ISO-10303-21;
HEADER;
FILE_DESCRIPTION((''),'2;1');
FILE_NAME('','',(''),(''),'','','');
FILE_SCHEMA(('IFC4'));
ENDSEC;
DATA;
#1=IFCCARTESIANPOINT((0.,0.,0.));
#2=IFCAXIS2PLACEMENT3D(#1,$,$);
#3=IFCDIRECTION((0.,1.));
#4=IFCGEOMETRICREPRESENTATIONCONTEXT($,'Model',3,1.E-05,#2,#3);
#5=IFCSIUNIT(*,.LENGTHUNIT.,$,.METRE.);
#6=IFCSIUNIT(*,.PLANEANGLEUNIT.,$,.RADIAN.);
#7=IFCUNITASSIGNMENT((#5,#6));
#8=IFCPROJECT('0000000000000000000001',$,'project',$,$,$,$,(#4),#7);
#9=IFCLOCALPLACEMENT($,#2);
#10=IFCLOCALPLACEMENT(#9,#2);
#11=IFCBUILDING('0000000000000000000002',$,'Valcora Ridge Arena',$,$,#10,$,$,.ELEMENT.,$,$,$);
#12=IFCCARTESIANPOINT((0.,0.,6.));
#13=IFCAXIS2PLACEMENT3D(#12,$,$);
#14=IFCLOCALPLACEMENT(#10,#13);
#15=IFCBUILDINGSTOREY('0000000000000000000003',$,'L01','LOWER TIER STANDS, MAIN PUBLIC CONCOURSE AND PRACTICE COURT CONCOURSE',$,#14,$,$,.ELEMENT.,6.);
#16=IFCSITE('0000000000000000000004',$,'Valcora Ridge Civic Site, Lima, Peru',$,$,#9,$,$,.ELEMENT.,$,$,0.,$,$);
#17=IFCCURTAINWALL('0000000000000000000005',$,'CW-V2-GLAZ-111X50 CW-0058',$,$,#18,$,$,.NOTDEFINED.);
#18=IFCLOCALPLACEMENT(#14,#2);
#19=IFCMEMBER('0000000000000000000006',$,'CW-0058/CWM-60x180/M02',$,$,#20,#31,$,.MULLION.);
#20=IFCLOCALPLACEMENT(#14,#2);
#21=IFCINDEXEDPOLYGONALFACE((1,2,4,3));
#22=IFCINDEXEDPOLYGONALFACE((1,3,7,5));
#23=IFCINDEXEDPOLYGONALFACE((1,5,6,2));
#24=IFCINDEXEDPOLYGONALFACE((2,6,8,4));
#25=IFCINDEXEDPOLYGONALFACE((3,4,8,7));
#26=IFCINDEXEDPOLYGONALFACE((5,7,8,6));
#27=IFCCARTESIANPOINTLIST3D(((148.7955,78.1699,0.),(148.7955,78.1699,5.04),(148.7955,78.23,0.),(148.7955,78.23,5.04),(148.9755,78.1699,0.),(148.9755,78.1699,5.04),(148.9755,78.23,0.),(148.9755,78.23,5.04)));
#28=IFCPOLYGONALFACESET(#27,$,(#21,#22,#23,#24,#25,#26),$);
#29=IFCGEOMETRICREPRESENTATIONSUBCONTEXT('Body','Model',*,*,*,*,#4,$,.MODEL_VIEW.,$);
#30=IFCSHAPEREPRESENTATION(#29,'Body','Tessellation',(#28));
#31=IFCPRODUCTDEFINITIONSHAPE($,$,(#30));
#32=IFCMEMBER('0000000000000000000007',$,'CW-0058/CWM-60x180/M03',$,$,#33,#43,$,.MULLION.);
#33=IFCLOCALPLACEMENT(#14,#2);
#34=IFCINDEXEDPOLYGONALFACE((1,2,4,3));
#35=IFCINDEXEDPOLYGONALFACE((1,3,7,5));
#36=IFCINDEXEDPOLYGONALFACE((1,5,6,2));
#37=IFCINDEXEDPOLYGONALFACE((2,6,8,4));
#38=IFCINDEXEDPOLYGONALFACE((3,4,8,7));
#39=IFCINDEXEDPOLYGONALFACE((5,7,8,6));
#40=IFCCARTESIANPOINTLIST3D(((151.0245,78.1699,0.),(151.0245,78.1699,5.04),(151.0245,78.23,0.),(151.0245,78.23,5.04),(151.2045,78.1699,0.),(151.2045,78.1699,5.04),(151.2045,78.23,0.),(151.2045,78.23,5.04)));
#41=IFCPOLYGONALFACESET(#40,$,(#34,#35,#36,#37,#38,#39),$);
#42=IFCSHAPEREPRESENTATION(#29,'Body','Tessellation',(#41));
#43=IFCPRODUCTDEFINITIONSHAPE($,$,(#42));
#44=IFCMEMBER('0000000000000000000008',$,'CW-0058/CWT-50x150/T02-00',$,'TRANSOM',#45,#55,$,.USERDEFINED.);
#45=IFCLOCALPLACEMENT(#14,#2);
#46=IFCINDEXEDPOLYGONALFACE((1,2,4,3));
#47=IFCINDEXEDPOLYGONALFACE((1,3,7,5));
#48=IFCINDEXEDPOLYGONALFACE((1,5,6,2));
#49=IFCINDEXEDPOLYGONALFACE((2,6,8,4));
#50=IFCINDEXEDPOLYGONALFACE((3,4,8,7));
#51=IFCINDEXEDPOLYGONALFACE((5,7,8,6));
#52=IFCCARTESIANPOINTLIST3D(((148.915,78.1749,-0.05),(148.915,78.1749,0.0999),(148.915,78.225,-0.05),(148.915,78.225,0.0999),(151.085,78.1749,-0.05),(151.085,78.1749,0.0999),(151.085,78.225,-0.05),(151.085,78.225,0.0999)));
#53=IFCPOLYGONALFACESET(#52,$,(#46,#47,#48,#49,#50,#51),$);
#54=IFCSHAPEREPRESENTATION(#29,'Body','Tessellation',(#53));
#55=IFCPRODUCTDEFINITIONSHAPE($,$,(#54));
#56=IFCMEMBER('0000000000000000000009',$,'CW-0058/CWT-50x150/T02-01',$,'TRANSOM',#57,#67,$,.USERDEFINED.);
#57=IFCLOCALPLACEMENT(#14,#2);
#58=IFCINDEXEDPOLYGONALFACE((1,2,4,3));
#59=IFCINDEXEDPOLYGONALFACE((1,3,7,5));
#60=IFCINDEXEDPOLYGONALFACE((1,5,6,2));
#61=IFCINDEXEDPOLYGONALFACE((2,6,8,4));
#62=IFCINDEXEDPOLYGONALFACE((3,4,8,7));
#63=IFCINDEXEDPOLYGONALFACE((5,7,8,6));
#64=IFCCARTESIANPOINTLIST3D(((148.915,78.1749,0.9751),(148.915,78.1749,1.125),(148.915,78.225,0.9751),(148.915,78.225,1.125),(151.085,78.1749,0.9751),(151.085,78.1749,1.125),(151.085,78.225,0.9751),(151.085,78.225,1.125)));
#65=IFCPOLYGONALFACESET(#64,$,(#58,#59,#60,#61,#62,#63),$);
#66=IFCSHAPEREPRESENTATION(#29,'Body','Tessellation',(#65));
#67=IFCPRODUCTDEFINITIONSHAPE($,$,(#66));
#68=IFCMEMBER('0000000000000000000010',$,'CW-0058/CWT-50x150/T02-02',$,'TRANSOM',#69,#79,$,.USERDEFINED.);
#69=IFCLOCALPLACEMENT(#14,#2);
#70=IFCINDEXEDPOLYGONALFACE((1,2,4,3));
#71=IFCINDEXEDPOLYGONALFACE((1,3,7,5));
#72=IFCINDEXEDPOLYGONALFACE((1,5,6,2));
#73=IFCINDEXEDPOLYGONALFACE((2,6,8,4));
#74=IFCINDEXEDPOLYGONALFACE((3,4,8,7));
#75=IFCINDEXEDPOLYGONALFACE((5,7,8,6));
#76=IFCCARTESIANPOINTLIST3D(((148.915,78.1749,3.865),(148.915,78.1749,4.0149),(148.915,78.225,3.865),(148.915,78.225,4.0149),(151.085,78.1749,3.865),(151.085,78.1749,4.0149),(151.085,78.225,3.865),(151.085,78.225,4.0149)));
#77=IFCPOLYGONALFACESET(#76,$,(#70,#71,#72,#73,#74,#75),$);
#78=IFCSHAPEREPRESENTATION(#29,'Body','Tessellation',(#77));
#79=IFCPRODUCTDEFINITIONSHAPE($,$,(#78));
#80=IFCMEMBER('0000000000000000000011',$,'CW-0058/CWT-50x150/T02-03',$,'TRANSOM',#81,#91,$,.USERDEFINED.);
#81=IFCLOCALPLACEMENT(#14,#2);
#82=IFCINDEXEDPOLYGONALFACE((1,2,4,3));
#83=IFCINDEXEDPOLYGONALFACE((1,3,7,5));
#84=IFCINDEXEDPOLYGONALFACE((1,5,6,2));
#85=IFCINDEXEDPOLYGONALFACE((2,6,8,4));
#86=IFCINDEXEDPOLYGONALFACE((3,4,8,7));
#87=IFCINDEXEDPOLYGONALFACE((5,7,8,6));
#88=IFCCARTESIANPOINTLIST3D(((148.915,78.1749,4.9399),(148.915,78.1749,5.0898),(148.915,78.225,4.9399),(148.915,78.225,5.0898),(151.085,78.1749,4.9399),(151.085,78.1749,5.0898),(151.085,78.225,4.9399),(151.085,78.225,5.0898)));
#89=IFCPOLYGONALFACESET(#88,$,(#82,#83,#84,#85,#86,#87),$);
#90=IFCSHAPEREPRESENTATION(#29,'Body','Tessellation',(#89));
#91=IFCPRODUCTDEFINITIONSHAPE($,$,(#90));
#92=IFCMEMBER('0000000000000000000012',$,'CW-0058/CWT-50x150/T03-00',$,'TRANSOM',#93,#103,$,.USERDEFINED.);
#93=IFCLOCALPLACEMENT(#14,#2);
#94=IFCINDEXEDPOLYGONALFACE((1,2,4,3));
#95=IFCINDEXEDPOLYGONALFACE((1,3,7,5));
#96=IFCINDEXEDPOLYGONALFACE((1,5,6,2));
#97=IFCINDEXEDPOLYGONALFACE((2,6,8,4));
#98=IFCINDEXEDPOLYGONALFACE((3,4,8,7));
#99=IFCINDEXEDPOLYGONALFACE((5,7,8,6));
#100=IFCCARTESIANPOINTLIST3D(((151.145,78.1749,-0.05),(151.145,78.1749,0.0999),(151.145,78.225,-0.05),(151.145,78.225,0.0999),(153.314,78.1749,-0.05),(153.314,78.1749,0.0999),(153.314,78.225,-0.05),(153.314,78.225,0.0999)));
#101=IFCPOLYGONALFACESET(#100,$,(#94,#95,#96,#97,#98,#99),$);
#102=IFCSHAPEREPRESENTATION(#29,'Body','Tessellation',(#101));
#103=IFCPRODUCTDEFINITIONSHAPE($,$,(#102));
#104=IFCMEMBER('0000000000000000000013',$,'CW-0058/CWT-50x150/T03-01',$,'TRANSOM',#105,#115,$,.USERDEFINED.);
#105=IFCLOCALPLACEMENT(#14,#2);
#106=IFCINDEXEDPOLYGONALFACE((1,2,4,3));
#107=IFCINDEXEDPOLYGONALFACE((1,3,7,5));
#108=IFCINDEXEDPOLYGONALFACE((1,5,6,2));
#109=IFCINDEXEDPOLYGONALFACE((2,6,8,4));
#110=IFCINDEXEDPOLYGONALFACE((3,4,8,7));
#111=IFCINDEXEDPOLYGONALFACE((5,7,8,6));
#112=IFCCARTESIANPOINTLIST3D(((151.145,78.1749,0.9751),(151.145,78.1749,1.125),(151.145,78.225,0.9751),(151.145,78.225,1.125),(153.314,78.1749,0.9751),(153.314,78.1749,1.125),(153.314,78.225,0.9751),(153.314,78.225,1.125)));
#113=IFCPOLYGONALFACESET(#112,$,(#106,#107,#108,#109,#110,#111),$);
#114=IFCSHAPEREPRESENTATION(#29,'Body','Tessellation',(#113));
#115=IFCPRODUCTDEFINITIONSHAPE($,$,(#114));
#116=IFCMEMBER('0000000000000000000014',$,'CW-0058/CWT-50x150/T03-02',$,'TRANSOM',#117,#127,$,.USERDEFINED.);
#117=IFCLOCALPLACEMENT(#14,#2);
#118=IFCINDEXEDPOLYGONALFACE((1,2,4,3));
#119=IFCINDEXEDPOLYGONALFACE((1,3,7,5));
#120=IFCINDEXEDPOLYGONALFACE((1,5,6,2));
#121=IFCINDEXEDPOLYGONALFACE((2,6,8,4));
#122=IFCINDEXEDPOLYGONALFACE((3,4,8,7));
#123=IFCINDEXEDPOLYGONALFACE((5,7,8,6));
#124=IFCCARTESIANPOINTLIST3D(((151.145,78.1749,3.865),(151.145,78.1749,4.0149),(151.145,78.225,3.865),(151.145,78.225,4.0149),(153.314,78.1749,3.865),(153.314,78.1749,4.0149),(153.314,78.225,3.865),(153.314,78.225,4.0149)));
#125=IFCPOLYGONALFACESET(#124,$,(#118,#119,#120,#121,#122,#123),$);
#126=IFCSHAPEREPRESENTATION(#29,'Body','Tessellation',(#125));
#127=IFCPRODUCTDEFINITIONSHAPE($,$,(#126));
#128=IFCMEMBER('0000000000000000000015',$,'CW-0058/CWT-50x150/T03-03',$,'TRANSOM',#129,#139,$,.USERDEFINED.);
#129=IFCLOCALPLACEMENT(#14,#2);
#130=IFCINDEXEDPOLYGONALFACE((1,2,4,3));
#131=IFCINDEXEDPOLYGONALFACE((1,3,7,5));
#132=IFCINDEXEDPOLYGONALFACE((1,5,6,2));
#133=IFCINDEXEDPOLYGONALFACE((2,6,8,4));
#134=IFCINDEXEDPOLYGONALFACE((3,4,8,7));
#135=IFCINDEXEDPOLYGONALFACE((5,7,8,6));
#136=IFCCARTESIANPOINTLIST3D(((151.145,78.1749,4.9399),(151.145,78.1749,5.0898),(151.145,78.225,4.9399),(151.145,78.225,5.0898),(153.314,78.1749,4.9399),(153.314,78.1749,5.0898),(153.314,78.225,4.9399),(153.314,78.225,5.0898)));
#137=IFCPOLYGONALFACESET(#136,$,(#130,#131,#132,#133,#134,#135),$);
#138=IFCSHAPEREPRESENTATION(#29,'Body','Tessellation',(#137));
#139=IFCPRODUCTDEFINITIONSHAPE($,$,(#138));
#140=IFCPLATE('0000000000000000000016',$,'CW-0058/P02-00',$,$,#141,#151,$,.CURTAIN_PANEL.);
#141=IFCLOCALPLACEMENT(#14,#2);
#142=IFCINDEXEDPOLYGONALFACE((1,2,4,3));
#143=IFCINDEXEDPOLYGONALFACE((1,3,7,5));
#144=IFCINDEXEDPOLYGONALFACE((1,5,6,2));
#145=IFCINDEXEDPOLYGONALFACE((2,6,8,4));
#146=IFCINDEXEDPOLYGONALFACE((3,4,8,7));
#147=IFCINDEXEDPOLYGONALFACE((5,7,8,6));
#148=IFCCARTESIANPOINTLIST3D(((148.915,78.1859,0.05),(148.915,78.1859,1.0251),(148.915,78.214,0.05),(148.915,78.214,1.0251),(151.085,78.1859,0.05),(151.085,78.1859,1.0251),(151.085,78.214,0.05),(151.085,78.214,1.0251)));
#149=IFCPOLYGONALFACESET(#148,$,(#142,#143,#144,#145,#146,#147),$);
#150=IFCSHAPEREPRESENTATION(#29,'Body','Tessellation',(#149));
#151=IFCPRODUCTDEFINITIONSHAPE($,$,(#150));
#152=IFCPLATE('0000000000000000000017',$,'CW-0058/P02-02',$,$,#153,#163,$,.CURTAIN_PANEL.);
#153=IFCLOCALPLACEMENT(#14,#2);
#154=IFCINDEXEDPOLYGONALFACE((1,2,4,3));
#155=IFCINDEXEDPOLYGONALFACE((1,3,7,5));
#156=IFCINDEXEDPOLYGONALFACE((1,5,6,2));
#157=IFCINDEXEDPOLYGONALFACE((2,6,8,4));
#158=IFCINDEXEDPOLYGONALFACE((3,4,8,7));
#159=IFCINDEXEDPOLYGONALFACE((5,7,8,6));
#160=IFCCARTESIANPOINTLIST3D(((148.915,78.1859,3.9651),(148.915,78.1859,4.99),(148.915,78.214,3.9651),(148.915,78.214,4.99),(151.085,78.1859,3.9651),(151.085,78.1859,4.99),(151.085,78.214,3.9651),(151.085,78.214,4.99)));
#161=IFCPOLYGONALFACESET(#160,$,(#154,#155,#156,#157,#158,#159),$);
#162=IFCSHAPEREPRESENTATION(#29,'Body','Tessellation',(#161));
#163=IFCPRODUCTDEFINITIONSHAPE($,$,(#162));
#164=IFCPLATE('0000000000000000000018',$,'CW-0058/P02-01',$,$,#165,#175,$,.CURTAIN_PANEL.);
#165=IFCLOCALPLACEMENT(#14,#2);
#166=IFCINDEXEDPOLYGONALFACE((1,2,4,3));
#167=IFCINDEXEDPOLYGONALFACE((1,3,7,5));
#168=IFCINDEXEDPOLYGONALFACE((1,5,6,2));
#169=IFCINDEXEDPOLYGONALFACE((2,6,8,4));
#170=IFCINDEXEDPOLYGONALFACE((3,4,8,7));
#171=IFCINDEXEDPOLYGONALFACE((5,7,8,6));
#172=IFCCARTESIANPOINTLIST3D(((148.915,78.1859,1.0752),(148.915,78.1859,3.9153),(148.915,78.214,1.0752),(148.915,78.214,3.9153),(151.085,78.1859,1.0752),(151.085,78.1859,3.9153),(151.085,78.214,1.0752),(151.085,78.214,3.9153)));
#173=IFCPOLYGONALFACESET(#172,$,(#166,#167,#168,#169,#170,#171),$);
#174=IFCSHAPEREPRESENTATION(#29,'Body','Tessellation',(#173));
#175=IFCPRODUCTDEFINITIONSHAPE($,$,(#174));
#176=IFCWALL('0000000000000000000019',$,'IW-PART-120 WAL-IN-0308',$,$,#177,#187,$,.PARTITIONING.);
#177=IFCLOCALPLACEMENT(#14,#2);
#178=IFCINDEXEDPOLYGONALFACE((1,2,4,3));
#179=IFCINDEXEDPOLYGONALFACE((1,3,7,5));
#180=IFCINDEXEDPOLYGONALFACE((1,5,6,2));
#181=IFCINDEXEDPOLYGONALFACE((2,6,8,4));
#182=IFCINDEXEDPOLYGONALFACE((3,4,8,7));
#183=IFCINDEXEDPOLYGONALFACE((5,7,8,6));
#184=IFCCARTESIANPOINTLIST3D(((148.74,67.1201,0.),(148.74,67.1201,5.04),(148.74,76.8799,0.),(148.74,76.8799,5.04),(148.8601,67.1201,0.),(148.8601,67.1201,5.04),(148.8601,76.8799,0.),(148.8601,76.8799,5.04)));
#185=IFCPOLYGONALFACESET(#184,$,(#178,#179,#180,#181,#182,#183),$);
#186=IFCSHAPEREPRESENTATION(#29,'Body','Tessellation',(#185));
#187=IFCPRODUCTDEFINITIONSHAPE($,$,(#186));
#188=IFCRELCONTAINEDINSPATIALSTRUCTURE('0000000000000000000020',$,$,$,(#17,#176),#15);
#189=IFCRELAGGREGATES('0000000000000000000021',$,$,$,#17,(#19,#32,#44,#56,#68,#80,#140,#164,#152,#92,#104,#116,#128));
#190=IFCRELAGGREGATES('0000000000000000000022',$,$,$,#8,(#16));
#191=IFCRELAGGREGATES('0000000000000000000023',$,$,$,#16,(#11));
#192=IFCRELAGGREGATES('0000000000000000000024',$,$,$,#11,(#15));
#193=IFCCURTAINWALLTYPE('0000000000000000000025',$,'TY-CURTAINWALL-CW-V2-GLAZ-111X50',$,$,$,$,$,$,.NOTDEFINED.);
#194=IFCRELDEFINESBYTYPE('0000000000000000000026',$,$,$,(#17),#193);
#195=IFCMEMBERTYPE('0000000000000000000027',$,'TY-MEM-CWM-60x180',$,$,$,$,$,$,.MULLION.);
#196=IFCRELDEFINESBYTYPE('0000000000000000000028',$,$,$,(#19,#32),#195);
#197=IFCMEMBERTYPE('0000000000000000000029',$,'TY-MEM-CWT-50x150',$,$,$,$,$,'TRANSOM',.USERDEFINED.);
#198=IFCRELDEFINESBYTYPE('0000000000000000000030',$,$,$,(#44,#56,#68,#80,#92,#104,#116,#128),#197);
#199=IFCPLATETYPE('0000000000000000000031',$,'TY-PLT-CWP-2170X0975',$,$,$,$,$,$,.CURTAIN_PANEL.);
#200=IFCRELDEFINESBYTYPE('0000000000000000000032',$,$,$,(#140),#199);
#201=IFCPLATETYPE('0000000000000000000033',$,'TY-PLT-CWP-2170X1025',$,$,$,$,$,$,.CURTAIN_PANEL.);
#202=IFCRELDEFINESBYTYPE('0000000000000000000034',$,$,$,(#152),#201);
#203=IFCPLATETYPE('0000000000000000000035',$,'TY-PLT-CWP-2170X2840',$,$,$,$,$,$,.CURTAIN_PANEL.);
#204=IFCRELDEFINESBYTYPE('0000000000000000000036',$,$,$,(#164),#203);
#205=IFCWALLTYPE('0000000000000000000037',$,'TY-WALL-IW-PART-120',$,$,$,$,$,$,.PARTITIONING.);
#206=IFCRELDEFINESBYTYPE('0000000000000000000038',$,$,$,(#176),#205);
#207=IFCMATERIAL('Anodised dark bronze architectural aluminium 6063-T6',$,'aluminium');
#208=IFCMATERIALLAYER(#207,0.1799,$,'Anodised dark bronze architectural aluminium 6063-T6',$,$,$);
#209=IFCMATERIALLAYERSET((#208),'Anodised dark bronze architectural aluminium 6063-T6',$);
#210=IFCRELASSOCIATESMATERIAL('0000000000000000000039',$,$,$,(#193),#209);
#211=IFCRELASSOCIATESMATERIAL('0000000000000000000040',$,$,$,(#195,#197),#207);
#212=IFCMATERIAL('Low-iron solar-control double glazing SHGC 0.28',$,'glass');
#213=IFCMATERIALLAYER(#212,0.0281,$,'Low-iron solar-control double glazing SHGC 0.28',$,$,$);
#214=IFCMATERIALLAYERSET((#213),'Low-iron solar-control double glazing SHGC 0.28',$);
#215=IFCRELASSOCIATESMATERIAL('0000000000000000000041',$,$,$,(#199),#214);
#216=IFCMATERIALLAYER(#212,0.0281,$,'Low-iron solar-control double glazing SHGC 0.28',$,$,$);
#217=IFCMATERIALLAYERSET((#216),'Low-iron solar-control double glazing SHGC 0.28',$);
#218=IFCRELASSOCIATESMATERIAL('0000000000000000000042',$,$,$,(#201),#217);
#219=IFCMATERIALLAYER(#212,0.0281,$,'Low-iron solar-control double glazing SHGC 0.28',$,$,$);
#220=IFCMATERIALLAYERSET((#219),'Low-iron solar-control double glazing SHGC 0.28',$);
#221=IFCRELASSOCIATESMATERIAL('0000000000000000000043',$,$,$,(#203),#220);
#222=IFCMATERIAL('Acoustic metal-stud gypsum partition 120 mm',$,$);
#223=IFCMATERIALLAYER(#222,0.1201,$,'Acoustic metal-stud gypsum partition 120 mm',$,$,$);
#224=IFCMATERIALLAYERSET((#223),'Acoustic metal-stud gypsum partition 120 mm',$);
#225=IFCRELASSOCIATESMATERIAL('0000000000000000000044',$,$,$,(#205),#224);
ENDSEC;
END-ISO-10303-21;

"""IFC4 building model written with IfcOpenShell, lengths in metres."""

from ifc_helpers import new_model, si_unit, direction, frame, frame_2d, origin, origin_2d, place, context, subcontext, project, spatial, rectangle, extrude, material, layer, layer_set, material_profile, profile_set, type_object, element, aggregate, save


model = new_model("IFC4")

# Units and contexts
model_context = context("Model", 3, precision=1e-05, world=origin(), true_north=direction((0.0, 1.0)))
body_context = subcontext(model_context, "Body", "Model", "MODEL_VIEW")
ifc_project = project(units=[si_unit("LENGTHUNIT", "METRE"), si_unit("PLANEANGLEUNIT", "RADIAN")], contexts=[model_context])

# Site, building, storey
site_placement = place(None, origin())
site = spatial("IfcSite", under=ifc_project, at=site_placement, Name="Valcora Ridge Civic Site, Lima, Peru", CompositionType="ELEMENT", RefElevation=0.0)
building_placement = place(site_placement, origin())
building = spatial("IfcBuilding", under=site, at=building_placement, Name="Valcora Ridge Arena", CompositionType="ELEMENT")
storey_placement = place(building_placement, frame((0.0, 0.0, 6.0)))
storey = spatial("IfcBuildingStorey", under=building, at=storey_placement, Name="L01", Description="LOWER TIER STANDS, MAIN PUBLIC CONCOURSE AND PRACTICE COURT CONCOURSE", CompositionType="ELEMENT", Elevation=6.0)

# Curtain wall, members, plates
ifc_material_1 = material(Name="Anodised dark bronze architectural aluminium 6063-T6", Category="aluminium")
ifc_layer_1 = layer(ifc_material_1, 0.1799, Name="Anodised dark bronze architectural aluminium 6063-T6")
ifc_layer_set_1 = layer_set([ifc_layer_1], Name="Anodised dark bronze architectural aluminium 6063-T6")
curtain_wall_type = type_object("IfcCurtainWallType", Name="TY-CURTAINWALL-CW-V2-GLAZ-111X50", PredefinedType="NOTDEFINED", material=ifc_layer_set_1)
curtain_wall_placement = place(storey_placement, origin())
curtain_wall = element("IfcCurtainWall", 1, at=curtain_wall_placement, inside=storey, type_object=curtain_wall_type, Name="CW-V2-GLAZ-111X50 CW-0058", PredefinedType="NOTDEFINED")
ifc_material_profile_1 = material_profile(ifc_material_1, rectangle(XDim=0.0601, YDim=0.1799, at=origin_2d()), Name="ALU MULLION 60x180")
ifc_profile_set_1 = profile_set([ifc_material_profile_1], Name="Anodised dark bronze architectural aluminium 6063-T6")
member_type_1 = type_object("IfcMemberType", Name="TY-MEM-CWM-60x180", PredefinedType="MULLION", material=ifc_profile_set_1)
member_1_placement = place(storey_placement, frame((148.8855, 78.2, 0.0), z_axis=(0.0, 0.0, 1.0), x_axis=(0.0, 1.0, 0.0)))
member_1 = element("IfcMember", 2, at=member_1_placement, type_object=member_type_1, Name="CW-0058/CWM-60x180/M02", PredefinedType="MULLION", context=body_context, shape_type="SweptSolid", body=[
    extrude(rectangle(XDim=0.0601, YDim=0.1799, at=origin_2d()), origin(), (0.0, 0.0, 1.0), 5.04),
])
member_2_placement = place(storey_placement, frame((151.1145, 78.2, 0.0), z_axis=(0.0, 0.0, 1.0), x_axis=(0.0, 1.0, 0.0)))
member_2 = element("IfcMember", 3, at=member_2_placement, type_object=member_type_1, Name="CW-0058/CWM-60x180/M03", PredefinedType="MULLION", context=body_context, shape_type="SweptSolid", body=[
    extrude(rectangle(XDim=0.0601, YDim=0.1799, at=origin_2d()), origin(), (0.0, 0.0, 1.0), 5.04),
])
ifc_material_profile_2 = material_profile(ifc_material_1, rectangle(XDim=0.05, YDim=0.1499, at=origin_2d()), Name="ALU TRANSOM 50x150")
ifc_profile_set_2 = profile_set([ifc_material_profile_2], Name="Anodised dark bronze architectural aluminium 6063-T6")
member_type_2 = type_object("IfcMemberType", Name="TY-MEM-CWT-50x150", ElementType="TRANSOM", PredefinedType="USERDEFINED", material=ifc_profile_set_2)
member_3_placement = place(storey_placement, frame((148.915, 78.2, 0.0249), z_axis=(1.0, 0.0, 0.0), x_axis=(0.0, 1.0, 0.0)))
member_3 = element("IfcMember", 4, at=member_3_placement, type_object=member_type_2, Name="CW-0058/CWT-50x150/T02-00", ObjectType="TRANSOM", PredefinedType="USERDEFINED", context=body_context, shape_type="SweptSolid", body=[
    extrude(rectangle(XDim=0.05, YDim=0.1499, at=origin_2d()), origin(), (0.0, 0.0, 1.0), 2.1699),
])
member_4_placement = place(storey_placement, frame((148.915, 78.2, 1.05), z_axis=(1.0, 0.0, 0.0), x_axis=(0.0, 1.0, 0.0)))
member_4 = element("IfcMember", 5, at=member_4_placement, type_object=member_type_2, Name="CW-0058/CWT-50x150/T02-01", ObjectType="TRANSOM", PredefinedType="USERDEFINED", context=body_context, shape_type="SweptSolid", body=[
    extrude(rectangle(XDim=0.05, YDim=0.1499, at=origin_2d()), origin(), (0.0, 0.0, 1.0), 2.1699),
])
member_5_placement = place(storey_placement, frame((148.915, 78.2, 3.9399), z_axis=(1.0, 0.0, 0.0), x_axis=(0.0, 1.0, 0.0)))
member_5 = element("IfcMember", 6, at=member_5_placement, type_object=member_type_2, Name="CW-0058/CWT-50x150/T02-02", ObjectType="TRANSOM", PredefinedType="USERDEFINED", context=body_context, shape_type="SweptSolid", body=[
    extrude(rectangle(XDim=0.05, YDim=0.1499, at=origin_2d()), origin(), (0.0, 0.0, 1.0), 2.1699),
])
member_6_placement = place(storey_placement, frame((148.915, 78.2, 5.0149), z_axis=(1.0, 0.0, 0.0), x_axis=(0.0, 1.0, 0.0)))
member_6 = element("IfcMember", 7, at=member_6_placement, type_object=member_type_2, Name="CW-0058/CWT-50x150/T02-03", ObjectType="TRANSOM", PredefinedType="USERDEFINED", context=body_context, shape_type="SweptSolid", body=[
    extrude(rectangle(XDim=0.05, YDim=0.1499, at=origin_2d()), origin(), (0.0, 0.0, 1.0), 2.1699),
])
member_7_placement = place(storey_placement, frame((151.145, 78.2, 0.0249), z_axis=(1.0, 0.0, 0.0), x_axis=(0.0, 1.0, 0.0)))
member_7 = element("IfcMember", 8, at=member_7_placement, type_object=member_type_2, Name="CW-0058/CWT-50x150/T03-00", ObjectType="TRANSOM", PredefinedType="USERDEFINED", context=body_context, shape_type="SweptSolid", body=[
    extrude(rectangle(XDim=0.05, YDim=0.1499, at=origin_2d()), origin(), (0.0, 0.0, 1.0), 2.1689),
])
member_8_placement = place(storey_placement, frame((151.145, 78.2, 1.05), z_axis=(1.0, 0.0, 0.0), x_axis=(0.0, 1.0, 0.0)))
member_8 = element("IfcMember", 9, at=member_8_placement, type_object=member_type_2, Name="CW-0058/CWT-50x150/T03-01", ObjectType="TRANSOM", PredefinedType="USERDEFINED", context=body_context, shape_type="SweptSolid", body=[
    extrude(rectangle(XDim=0.05, YDim=0.1499, at=origin_2d()), origin(), (0.0, 0.0, 1.0), 2.1689),
])
member_9_placement = place(storey_placement, frame((151.145, 78.2, 3.9399), z_axis=(1.0, 0.0, 0.0), x_axis=(0.0, 1.0, 0.0)))
member_9 = element("IfcMember", 10, at=member_9_placement, type_object=member_type_2, Name="CW-0058/CWT-50x150/T03-02", ObjectType="TRANSOM", PredefinedType="USERDEFINED", context=body_context, shape_type="SweptSolid", body=[
    extrude(rectangle(XDim=0.05, YDim=0.1499, at=origin_2d()), origin(), (0.0, 0.0, 1.0), 2.1689),
])
member_10_placement = place(storey_placement, frame((151.145, 78.2, 5.0149), z_axis=(1.0, 0.0, 0.0), x_axis=(0.0, 1.0, 0.0)))
member_10 = element("IfcMember", 11, at=member_10_placement, type_object=member_type_2, Name="CW-0058/CWT-50x150/T03-03", ObjectType="TRANSOM", PredefinedType="USERDEFINED", context=body_context, shape_type="SweptSolid", body=[
    extrude(rectangle(XDim=0.05, YDim=0.1499, at=origin_2d()), origin(), (0.0, 0.0, 1.0), 2.1689),
])
ifc_material_2 = material(Name="Low-iron solar-control double glazing SHGC 0.28", Category="glass")
ifc_layer_2 = layer(ifc_material_2, 0.0281, Name="Low-iron solar-control double glazing SHGC 0.28")
ifc_layer_set_2 = layer_set([ifc_layer_2], Name="Low-iron solar-control double glazing SHGC 0.28")
plate_type_1 = type_object("IfcPlateType", Name="TY-PLT-CWP-2170X0975", PredefinedType="CURTAIN_PANEL", material=ifc_layer_set_2)
plate_1_placement = place(storey_placement, frame((150.0, 78.2, 0.05), z_axis=(0.0, 0.0, 1.0), x_axis=(1.0, 0.0, 0.0)))
plate_1 = element("IfcPlate", 12, at=plate_1_placement, type_object=plate_type_1, Name="CW-0058/P02-00", PredefinedType="CURTAIN_PANEL", context=body_context, shape_type="SweptSolid", body=[
    extrude(rectangle(XDim=2.1699, YDim=0.0281, at=origin_2d()), origin(), (0.0, 0.0, 1.0), 0.9751),
])
ifc_layer_3 = layer(ifc_material_2, 0.0281, Name="Low-iron solar-control double glazing SHGC 0.28")
ifc_layer_set_3 = layer_set([ifc_layer_3], Name="Low-iron solar-control double glazing SHGC 0.28")
plate_type_2 = type_object("IfcPlateType", Name="TY-PLT-CWP-2170X1025", PredefinedType="CURTAIN_PANEL", material=ifc_layer_set_3)
plate_2_placement = place(storey_placement, frame((150.0, 78.2, 3.9651), z_axis=(0.0, 0.0, 1.0), x_axis=(1.0, 0.0, 0.0)))
plate_2 = element("IfcPlate", 13, at=plate_2_placement, type_object=plate_type_2, Name="CW-0058/P02-02", PredefinedType="CURTAIN_PANEL", context=body_context, shape_type="SweptSolid", body=[
    extrude(rectangle(XDim=2.1699, YDim=0.0281, at=origin_2d()), origin(), (0.0, 0.0, 1.0), 1.0249),
])
ifc_layer_4 = layer(ifc_material_2, 0.0281, Name="Low-iron solar-control double glazing SHGC 0.28")
ifc_layer_set_4 = layer_set([ifc_layer_4], Name="Low-iron solar-control double glazing SHGC 0.28")
plate_type_3 = type_object("IfcPlateType", Name="TY-PLT-CWP-2170X2840", PredefinedType="CURTAIN_PANEL", material=ifc_layer_set_4)
plate_3_placement = place(storey_placement, frame((150.0, 78.2, 1.0752), z_axis=(0.0, 0.0, 1.0), x_axis=(1.0, 0.0, 0.0)))
plate_3 = element("IfcPlate", 14, at=plate_3_placement, type_object=plate_type_3, Name="CW-0058/P02-01", PredefinedType="CURTAIN_PANEL", context=body_context, shape_type="SweptSolid", body=[
    extrude(rectangle(XDim=2.1699, YDim=0.0281, at=origin_2d()), origin(), (0.0, 0.0, 1.0), 2.8401),
])
aggregate(curtain_wall, [member_1, member_2, member_3, member_4, member_5, member_6, plate_1, plate_3, plate_2, member_7, member_8, member_9, member_10])

# Wall
ifc_material_3 = material(Name="Acoustic metal-stud gypsum partition 120 mm")
ifc_layer_5 = layer(ifc_material_3, 0.1201, Name="Acoustic metal-stud gypsum partition 120 mm")
ifc_layer_set_5 = layer_set([ifc_layer_5], Name="Acoustic metal-stud gypsum partition 120 mm")
wall_type_1 = type_object("IfcWallType", Name="TY-WALL-IW-PART-120", PredefinedType="PARTITIONING", material=ifc_layer_set_5)
wall_1_placement = place(storey_placement, frame((148.8, 67.1201, 0.0), z_axis=(0.0, 0.0, 1.0), x_axis=(0.0, 1.0, 0.0)))
element("IfcWall", 15, at=wall_1_placement, inside=storey, type_object=wall_type_1, Name="IW-PART-120 WAL-IN-0308", PredefinedType="PARTITIONING", context=body_context, shape_type="SweptSolid", body=[
    extrude(rectangle(XDim=9.7598, YDim=0.1201, at=frame_2d((4.8799, 0.0))), origin(), (0.0, 0.0, 1.0), 5.04),
])

save(model, "model.ifc")
